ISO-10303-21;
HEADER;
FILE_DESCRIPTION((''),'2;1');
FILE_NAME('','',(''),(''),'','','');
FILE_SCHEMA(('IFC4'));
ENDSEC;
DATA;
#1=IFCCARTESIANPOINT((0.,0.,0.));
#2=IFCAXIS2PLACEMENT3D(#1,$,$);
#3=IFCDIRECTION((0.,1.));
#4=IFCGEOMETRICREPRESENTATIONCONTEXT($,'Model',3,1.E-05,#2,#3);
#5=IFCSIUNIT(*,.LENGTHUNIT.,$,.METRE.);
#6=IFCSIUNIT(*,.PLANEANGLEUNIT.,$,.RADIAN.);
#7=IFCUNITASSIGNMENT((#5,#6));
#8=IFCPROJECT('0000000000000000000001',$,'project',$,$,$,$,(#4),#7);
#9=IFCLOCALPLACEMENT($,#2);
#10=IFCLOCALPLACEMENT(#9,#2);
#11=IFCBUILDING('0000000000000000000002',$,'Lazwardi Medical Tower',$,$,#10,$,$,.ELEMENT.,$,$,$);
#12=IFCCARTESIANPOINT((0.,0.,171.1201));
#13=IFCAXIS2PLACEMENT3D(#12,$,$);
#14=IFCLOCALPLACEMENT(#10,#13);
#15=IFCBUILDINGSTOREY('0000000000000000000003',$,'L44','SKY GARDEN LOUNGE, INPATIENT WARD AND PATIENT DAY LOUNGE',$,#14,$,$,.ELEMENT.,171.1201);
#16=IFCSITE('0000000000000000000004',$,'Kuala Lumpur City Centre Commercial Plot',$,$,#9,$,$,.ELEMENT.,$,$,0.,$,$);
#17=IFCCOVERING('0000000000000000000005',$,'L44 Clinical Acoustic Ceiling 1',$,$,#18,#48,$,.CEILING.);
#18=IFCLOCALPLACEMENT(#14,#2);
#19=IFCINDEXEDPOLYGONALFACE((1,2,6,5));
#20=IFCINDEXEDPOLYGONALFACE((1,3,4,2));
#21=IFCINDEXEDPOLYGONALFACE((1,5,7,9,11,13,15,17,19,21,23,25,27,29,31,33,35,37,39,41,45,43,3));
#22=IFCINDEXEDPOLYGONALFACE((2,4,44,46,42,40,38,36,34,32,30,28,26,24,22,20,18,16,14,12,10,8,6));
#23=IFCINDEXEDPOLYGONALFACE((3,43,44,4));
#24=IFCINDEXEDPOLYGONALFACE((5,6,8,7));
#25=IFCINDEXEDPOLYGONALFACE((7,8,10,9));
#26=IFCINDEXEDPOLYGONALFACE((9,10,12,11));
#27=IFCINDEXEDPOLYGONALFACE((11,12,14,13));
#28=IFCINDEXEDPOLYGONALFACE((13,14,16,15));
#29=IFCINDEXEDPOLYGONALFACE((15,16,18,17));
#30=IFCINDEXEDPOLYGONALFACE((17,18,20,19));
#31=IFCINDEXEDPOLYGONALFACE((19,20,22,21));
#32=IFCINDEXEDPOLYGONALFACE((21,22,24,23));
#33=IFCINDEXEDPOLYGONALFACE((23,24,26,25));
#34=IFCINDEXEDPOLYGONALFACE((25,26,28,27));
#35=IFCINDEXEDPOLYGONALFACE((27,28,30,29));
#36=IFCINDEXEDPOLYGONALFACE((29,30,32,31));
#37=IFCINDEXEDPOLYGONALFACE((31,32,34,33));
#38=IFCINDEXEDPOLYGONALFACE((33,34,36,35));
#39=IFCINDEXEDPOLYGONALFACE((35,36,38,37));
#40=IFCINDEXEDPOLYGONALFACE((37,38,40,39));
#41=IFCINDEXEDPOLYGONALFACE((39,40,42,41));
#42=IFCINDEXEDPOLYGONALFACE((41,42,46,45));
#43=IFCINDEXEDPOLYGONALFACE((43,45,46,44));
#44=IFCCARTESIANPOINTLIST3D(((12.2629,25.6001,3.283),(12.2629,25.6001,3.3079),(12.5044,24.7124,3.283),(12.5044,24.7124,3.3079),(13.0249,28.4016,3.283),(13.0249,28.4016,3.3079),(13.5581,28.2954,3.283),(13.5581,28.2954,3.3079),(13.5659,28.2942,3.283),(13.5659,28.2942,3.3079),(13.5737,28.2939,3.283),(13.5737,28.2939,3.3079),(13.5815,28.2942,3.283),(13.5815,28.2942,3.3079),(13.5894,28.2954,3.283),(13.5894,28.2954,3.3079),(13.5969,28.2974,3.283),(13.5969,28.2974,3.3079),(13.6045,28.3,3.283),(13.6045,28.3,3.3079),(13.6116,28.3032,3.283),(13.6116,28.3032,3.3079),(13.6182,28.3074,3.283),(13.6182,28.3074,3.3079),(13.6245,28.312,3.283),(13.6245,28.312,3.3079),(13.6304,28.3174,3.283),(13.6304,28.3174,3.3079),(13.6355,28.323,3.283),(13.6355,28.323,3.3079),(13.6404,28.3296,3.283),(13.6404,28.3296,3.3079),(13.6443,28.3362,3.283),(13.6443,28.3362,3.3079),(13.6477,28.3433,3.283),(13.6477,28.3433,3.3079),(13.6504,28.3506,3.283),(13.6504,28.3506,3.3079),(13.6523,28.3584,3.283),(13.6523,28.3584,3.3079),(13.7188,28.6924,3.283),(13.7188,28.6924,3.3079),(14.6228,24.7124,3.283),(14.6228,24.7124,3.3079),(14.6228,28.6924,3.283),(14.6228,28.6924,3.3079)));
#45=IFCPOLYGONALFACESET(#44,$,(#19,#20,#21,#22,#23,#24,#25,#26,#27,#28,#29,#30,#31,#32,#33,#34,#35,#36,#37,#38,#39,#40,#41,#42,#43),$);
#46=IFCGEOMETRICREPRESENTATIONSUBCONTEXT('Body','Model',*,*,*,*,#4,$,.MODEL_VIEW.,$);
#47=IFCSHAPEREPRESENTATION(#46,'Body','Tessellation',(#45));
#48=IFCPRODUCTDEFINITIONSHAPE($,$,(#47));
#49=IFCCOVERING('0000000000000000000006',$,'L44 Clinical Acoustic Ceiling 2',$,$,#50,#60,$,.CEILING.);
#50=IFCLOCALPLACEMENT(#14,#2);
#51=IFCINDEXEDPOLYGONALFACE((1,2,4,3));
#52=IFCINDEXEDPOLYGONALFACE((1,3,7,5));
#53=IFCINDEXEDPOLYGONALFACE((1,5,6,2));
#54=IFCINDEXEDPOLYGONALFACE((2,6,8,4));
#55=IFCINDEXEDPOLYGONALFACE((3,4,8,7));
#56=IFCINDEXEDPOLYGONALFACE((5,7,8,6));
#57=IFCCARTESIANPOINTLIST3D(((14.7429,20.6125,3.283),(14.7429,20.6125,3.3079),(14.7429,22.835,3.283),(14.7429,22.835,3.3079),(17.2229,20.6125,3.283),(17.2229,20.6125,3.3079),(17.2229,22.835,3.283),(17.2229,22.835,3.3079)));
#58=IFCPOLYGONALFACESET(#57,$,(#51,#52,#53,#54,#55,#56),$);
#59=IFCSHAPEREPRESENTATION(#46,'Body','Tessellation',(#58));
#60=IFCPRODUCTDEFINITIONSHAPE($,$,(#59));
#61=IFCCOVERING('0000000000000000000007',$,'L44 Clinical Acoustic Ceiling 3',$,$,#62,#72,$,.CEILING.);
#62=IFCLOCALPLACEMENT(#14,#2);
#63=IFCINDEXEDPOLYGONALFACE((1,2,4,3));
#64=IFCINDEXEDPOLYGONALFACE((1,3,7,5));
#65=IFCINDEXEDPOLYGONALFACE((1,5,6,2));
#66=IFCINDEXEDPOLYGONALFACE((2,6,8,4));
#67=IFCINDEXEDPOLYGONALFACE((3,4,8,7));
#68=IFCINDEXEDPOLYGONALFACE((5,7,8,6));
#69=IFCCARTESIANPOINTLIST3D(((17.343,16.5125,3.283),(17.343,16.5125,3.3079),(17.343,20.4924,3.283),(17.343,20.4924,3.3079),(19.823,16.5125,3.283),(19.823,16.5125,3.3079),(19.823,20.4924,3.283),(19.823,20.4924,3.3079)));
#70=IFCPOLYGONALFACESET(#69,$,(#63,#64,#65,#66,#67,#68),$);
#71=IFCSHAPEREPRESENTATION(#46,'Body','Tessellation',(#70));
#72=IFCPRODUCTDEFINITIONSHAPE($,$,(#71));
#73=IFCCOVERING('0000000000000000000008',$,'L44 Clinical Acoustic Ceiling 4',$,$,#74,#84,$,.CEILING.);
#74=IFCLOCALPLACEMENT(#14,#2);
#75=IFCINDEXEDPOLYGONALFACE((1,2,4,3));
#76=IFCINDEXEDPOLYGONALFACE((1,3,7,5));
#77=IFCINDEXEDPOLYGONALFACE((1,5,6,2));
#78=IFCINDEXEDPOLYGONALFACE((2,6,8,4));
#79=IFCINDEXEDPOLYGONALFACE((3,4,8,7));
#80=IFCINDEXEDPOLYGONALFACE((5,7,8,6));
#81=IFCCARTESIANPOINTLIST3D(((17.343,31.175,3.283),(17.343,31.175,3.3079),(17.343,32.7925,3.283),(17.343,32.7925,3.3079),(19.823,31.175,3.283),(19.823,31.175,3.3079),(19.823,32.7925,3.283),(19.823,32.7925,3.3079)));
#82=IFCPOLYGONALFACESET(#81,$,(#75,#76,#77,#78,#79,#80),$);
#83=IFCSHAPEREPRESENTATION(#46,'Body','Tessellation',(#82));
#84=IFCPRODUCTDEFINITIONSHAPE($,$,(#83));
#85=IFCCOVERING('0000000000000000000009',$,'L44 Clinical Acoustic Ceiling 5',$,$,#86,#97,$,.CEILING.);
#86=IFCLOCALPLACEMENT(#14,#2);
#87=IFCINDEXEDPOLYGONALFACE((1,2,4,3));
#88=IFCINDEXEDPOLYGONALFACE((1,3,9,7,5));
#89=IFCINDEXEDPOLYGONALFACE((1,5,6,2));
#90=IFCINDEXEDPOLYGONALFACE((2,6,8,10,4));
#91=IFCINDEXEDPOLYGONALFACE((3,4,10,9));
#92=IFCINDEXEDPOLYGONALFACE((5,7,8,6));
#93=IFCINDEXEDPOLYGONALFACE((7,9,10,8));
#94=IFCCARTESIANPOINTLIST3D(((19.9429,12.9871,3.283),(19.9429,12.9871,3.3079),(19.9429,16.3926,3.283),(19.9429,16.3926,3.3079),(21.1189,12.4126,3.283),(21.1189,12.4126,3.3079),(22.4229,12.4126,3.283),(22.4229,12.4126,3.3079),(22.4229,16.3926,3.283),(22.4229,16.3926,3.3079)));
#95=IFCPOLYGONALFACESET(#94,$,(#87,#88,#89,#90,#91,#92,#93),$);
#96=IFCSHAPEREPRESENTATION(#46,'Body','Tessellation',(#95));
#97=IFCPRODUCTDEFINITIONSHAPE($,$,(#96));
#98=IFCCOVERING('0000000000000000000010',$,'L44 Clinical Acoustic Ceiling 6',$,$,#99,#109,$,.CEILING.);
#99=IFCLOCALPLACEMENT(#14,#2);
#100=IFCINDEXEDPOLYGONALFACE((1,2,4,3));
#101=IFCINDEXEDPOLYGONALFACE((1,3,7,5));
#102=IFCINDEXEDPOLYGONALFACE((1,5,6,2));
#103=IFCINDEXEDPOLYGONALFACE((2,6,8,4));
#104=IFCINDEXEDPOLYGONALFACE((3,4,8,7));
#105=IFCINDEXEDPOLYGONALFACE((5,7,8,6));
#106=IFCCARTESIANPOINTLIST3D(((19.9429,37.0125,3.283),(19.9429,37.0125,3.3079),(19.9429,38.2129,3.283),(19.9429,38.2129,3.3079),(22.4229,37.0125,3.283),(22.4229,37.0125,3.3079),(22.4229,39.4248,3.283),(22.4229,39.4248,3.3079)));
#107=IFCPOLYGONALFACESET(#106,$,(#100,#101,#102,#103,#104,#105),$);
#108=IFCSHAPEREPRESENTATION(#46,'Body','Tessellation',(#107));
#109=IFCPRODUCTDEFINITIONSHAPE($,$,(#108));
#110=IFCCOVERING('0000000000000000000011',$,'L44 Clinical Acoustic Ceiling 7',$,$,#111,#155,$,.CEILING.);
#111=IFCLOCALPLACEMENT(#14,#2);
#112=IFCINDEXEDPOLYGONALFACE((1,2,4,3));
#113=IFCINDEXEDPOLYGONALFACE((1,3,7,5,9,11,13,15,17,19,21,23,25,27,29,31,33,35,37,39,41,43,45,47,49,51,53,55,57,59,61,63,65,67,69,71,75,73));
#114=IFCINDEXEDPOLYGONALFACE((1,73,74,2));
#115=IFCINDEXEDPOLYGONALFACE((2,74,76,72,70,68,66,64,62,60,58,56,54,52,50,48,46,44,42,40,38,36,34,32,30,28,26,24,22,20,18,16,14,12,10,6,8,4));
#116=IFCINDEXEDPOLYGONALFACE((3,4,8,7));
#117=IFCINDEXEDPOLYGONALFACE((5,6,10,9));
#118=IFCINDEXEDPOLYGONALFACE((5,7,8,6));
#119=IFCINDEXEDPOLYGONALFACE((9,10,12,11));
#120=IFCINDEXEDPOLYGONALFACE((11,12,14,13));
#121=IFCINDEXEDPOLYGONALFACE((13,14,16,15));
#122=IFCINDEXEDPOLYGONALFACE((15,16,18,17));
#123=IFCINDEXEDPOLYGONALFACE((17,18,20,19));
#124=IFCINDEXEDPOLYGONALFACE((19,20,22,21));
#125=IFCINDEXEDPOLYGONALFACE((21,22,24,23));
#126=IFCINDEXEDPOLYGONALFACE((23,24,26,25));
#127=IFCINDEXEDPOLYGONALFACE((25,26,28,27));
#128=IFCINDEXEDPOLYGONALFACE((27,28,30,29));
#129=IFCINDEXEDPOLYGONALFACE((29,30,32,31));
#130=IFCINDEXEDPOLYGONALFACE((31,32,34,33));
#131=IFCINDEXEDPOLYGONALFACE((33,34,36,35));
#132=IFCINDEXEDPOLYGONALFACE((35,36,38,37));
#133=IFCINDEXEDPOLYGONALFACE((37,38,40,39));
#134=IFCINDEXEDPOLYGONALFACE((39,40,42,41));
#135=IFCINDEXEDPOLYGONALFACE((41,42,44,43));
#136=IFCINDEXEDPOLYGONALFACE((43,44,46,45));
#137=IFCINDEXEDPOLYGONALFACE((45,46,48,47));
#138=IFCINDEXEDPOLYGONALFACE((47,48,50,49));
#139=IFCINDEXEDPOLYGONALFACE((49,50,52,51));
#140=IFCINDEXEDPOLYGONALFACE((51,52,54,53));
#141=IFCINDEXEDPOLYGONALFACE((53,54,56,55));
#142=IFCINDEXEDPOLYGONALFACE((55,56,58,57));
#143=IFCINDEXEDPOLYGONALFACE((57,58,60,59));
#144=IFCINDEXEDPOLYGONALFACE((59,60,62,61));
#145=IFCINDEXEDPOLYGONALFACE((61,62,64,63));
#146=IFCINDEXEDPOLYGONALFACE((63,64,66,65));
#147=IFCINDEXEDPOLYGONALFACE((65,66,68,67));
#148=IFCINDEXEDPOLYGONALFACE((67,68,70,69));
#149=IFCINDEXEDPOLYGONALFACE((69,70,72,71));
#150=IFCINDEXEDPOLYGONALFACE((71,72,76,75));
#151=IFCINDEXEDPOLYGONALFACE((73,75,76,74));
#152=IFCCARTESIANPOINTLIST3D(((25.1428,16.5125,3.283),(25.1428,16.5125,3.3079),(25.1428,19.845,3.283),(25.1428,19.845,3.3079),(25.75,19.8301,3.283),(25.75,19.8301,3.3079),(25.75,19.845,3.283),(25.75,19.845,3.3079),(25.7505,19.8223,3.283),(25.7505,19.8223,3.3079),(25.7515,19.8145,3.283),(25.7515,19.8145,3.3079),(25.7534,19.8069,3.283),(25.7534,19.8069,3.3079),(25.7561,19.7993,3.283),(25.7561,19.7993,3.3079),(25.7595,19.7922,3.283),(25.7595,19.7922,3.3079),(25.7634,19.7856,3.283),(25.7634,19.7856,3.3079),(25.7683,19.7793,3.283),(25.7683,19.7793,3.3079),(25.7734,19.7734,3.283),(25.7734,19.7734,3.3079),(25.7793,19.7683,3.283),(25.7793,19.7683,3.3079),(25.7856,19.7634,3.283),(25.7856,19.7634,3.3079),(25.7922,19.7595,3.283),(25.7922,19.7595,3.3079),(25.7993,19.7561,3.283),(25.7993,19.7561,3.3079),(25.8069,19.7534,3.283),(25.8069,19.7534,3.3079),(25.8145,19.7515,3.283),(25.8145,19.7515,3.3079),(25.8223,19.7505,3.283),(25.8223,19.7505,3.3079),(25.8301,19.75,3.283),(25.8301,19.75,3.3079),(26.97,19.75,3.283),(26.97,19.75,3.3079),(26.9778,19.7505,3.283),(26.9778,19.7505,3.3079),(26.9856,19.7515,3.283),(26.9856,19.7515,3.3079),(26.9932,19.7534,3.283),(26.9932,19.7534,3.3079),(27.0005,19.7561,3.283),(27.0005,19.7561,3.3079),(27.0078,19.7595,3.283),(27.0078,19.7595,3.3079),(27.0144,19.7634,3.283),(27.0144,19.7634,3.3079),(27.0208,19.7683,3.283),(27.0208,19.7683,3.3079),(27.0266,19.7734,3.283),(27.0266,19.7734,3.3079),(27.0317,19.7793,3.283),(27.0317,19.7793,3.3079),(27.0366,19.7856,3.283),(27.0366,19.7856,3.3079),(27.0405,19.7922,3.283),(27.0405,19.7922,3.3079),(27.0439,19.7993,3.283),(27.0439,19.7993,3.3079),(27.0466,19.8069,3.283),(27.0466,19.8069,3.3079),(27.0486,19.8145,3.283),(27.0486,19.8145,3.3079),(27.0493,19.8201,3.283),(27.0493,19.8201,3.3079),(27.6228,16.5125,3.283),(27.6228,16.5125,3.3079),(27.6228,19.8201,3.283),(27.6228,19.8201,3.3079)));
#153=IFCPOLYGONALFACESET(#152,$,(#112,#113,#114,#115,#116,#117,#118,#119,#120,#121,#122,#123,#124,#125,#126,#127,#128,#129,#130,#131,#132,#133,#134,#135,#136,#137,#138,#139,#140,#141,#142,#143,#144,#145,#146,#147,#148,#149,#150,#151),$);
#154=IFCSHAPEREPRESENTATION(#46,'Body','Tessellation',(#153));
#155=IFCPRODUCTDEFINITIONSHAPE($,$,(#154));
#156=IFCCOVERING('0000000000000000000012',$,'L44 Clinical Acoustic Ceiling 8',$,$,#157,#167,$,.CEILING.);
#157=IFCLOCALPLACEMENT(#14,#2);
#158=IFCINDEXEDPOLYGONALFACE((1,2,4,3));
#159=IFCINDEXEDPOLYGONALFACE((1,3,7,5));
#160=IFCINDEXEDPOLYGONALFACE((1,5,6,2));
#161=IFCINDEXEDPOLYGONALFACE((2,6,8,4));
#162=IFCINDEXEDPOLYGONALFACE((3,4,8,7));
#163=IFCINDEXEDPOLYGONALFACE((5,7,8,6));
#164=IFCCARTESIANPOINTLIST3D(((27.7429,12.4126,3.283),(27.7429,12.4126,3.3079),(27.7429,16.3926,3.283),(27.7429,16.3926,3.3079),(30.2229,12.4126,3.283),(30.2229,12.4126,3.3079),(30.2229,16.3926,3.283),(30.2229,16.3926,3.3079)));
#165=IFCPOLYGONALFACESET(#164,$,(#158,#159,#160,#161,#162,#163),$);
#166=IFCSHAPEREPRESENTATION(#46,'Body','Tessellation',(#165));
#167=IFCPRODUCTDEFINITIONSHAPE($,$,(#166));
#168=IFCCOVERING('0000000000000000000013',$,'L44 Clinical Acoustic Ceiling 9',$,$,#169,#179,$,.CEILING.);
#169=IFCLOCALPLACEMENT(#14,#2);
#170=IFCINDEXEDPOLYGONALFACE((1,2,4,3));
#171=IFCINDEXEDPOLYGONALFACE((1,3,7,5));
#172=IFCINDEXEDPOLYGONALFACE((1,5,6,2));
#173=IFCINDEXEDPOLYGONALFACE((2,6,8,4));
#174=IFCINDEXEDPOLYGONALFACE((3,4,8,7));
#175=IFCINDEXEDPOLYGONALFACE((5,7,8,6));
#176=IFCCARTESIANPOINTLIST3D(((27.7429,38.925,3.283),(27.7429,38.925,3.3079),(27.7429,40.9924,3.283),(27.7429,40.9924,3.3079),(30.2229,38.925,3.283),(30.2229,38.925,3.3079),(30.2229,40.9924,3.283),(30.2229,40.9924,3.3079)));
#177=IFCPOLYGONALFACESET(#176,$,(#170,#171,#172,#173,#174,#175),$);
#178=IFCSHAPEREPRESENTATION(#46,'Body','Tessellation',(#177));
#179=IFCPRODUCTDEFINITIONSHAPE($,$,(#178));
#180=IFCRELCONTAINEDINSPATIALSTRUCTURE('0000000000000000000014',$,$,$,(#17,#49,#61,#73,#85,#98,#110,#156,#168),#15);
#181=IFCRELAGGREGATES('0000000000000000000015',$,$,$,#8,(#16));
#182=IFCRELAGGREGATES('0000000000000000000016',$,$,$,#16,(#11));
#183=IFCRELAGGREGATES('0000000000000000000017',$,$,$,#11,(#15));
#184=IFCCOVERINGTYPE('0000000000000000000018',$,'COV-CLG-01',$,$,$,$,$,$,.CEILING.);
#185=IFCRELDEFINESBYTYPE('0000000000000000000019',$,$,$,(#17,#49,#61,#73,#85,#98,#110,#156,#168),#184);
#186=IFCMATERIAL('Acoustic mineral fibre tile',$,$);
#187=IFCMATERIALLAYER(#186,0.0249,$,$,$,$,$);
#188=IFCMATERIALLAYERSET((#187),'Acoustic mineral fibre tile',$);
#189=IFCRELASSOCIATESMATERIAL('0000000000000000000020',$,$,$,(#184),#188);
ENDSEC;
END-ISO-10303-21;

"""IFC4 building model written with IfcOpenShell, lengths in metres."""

from ifc_helpers import new_model, si_unit, direction, frame, origin, place, context, subcontext, project, spatial, polyline, outline, extrude, material, layer, layer_set, type_object, element, save


model = new_model("IFC4")

# Units and contexts
model_context = context("Model", 3, precision=1e-05, world=origin(), true_north=direction((0.0, 1.0)))
body_context = subcontext(model_context, "Body", "Model", "MODEL_VIEW")
ifc_project = project(units=[si_unit("LENGTHUNIT", "METRE"), si_unit("PLANEANGLEUNIT", "RADIAN")], contexts=[model_context])

# Site, building, storey
site_placement = place(None, origin())
site = spatial("IfcSite", under=ifc_project, at=site_placement, Name="Kuala Lumpur City Centre Commercial Plot", CompositionType="ELEMENT", RefElevation=0.0)
building_placement = place(site_placement, origin())
building = spatial("IfcBuilding", under=site, at=building_placement, Name="Lazwardi Medical Tower", CompositionType="ELEMENT")
storey_placement = place(building_placement, frame((0.0, 0.0, 171.1201)))
storey = spatial("IfcBuildingStorey", under=building, at=storey_placement, Name="L44", Description="SKY GARDEN LOUNGE, INPATIENT WARD AND PATIENT DAY LOUNGE", CompositionType="ELEMENT", Elevation=171.1201)

# Coverings
ifc_material_1 = material(Name="Acoustic mineral fibre tile")
ifc_layer_1 = layer(ifc_material_1, 0.0249)
ifc_layer_set_1 = layer_set([ifc_layer_1], Name="Acoustic mineral fibre tile")
covering_type_1 = type_object("IfcCoveringType", Name="COV-CLG-01", PredefinedType="CEILING", material=ifc_layer_set_1)
covering_1_placement = place(storey_placement, frame((0.0, 0.0, 3.283)))
element("IfcCovering", 1, at=covering_1_placement, inside=storey, type_object=covering_type_1, Name="L44 Clinical Acoustic Ceiling 1", PredefinedType="CEILING", context=body_context, shape_type="SweptSolid", body=[
    extrude(outline(polyline([(13.7188, 28.6924), (13.6523, 28.3584), (13.6504, 28.3506), (13.6477, 28.3433), (13.6443, 28.3362), (13.6404, 28.3296), (13.6355, 28.323), (13.6304, 28.3174), (13.6245, 28.312), (13.6182, 28.3074), (13.6116, 28.3032), (13.6045, 28.3), (13.5969, 28.2974), (13.5894, 28.2954), (13.5815, 28.2942), (13.5737, 28.2939), (13.5659, 28.2942), (13.5581, 28.2954), (13.0249, 28.4016), (12.2629, 25.6001), (12.5044, 24.7124), (14.6228, 24.7124), (14.6228, 28.6924), (13.7188, 28.6924)])), origin(), (0.0, 0.0, 1.0), 0.0249),
])
covering_2_placement = place(storey_placement, frame((0.0, 0.0, 3.283)))
element("IfcCovering", 2, at=covering_2_placement, inside=storey, type_object=covering_type_1, Name="L44 Clinical Acoustic Ceiling 2", PredefinedType="CEILING", context=body_context, shape_type="SweptSolid", body=[
    extrude(outline(polyline([(17.2229, 22.835), (14.7429, 22.835), (14.7429, 20.6125), (17.2229, 20.6125), (17.2229, 22.835)])), origin(), (0.0, 0.0, 1.0), 0.0249),
])
covering_3_placement = place(storey_placement, frame((0.0, 0.0, 3.283)))
element("IfcCovering", 3, at=covering_3_placement, inside=storey, type_object=covering_type_1, Name="L44 Clinical Acoustic Ceiling 3", PredefinedType="CEILING", context=body_context, shape_type="SweptSolid", body=[
    extrude(outline(polyline([(19.823, 16.5125), (19.823, 20.4924), (17.343, 20.4924), (17.343, 16.5125), (19.823, 16.5125)])), origin(), (0.0, 0.0, 1.0), 0.0249),
])
covering_4_placement = place(storey_placement, frame((0.0, 0.0, 3.283)))
element("IfcCovering", 4, at=covering_4_placement, inside=storey, type_object=covering_type_1, Name="L44 Clinical Acoustic Ceiling 4", PredefinedType="CEILING", context=body_context, shape_type="SweptSolid", body=[
    extrude(outline(polyline([(17.343, 31.175), (19.823, 31.175), (19.823, 32.7925), (17.343, 32.7925), (17.343, 31.175)])), origin(), (0.0, 0.0, 1.0), 0.0249),
])
covering_5_placement = place(storey_placement, frame((0.0, 0.0, 3.283)))
element("IfcCovering", 5, at=covering_5_placement, inside=storey, type_object=covering_type_1, Name="L44 Clinical Acoustic Ceiling 5", PredefinedType="CEILING", context=body_context, shape_type="SweptSolid", body=[
    extrude(outline(polyline([(19.9429, 12.9871), (21.1189, 12.4126), (22.4229, 12.4126), (22.4229, 16.3926), (19.9429, 16.3926), (19.9429, 12.9871)])), origin(), (0.0, 0.0, 1.0), 0.0249),
])
covering_6_placement = place(storey_placement, frame((0.0, 0.0, 3.283)))
element("IfcCovering", 6, at=covering_6_placement, inside=storey, type_object=covering_type_1, Name="L44 Clinical Acoustic Ceiling 6", PredefinedType="CEILING", context=body_context, shape_type="SweptSolid", body=[
    extrude(outline(polyline([(22.4229, 39.4248), (19.9429, 38.2129), (19.9429, 37.0125), (22.4229, 37.0125), (22.4229, 39.4248)])), origin(), (0.0, 0.0, 1.0), 0.0249),
])
covering_7_placement = place(storey_placement, frame((0.0, 0.0, 3.283)))
element("IfcCovering", 7, at=covering_7_placement, inside=storey, type_object=covering_type_1, Name="L44 Clinical Acoustic Ceiling 7", PredefinedType="CEILING", context=body_context, shape_type="SweptSolid", body=[
    extrude(outline(polyline([(27.6228, 19.8201), (27.0493, 19.8201), (27.0486, 19.8145), (27.0466, 19.8069), (27.0439, 19.7993), (27.0405, 19.7922), (27.0366, 19.7856), (27.0317, 19.7793), (27.0266, 19.7734), (27.0208, 19.7683), (27.0144, 19.7634), (27.0078, 19.7595), (27.0005, 19.7561), (26.9932, 19.7534), (26.9856, 19.7515), (26.9778, 19.7505), (26.97, 19.75), (25.8301, 19.75), (25.8223, 19.7505), (25.8145, 19.7515), (25.8069, 19.7534), (25.7993, 19.7561), (25.7922, 19.7595), (25.7856, 19.7634), (25.7793, 19.7683), (25.7734, 19.7734), (25.7683, 19.7793), (25.7634, 19.7856), (25.7595, 19.7922), (25.7561, 19.7993), (25.7534, 19.8069), (25.7515, 19.8145), (25.7505, 19.8223), (25.75, 19.8301), (25.75, 19.845), (25.1428, 19.845), (25.1428, 16.5125), (27.6228, 16.5125), (27.6228, 19.8201)])), origin(), (0.0, 0.0, 1.0), 0.0249),
])
covering_8_placement = place(storey_placement, frame((0.0, 0.0, 3.283)))
element("IfcCovering", 8, at=covering_8_placement, inside=storey, type_object=covering_type_1, Name="L44 Clinical Acoustic Ceiling 8", PredefinedType="CEILING", context=body_context, shape_type="SweptSolid", body=[
    extrude(outline(polyline([(30.2229, 12.4126), (30.2229, 16.3926), (27.7429, 16.3926), (27.7429, 12.4126), (30.2229, 12.4126)])), origin(), (0.0, 0.0, 1.0), 0.0249),
])
covering_9_placement = place(storey_placement, frame((0.0, 0.0, 3.283)))
element("IfcCovering", 9, at=covering_9_placement, inside=storey, type_object=covering_type_1, Name="L44 Clinical Acoustic Ceiling 9", PredefinedType="CEILING", context=body_context, shape_type="SweptSolid", body=[
    extrude(outline(polyline([(27.7429, 38.925), (30.2229, 38.925), (30.2229, 40.9924), (27.7429, 40.9924), (27.7429, 38.925)])), origin(), (0.0, 0.0, 1.0), 0.0249),
])

save(model, "model.ifc")
